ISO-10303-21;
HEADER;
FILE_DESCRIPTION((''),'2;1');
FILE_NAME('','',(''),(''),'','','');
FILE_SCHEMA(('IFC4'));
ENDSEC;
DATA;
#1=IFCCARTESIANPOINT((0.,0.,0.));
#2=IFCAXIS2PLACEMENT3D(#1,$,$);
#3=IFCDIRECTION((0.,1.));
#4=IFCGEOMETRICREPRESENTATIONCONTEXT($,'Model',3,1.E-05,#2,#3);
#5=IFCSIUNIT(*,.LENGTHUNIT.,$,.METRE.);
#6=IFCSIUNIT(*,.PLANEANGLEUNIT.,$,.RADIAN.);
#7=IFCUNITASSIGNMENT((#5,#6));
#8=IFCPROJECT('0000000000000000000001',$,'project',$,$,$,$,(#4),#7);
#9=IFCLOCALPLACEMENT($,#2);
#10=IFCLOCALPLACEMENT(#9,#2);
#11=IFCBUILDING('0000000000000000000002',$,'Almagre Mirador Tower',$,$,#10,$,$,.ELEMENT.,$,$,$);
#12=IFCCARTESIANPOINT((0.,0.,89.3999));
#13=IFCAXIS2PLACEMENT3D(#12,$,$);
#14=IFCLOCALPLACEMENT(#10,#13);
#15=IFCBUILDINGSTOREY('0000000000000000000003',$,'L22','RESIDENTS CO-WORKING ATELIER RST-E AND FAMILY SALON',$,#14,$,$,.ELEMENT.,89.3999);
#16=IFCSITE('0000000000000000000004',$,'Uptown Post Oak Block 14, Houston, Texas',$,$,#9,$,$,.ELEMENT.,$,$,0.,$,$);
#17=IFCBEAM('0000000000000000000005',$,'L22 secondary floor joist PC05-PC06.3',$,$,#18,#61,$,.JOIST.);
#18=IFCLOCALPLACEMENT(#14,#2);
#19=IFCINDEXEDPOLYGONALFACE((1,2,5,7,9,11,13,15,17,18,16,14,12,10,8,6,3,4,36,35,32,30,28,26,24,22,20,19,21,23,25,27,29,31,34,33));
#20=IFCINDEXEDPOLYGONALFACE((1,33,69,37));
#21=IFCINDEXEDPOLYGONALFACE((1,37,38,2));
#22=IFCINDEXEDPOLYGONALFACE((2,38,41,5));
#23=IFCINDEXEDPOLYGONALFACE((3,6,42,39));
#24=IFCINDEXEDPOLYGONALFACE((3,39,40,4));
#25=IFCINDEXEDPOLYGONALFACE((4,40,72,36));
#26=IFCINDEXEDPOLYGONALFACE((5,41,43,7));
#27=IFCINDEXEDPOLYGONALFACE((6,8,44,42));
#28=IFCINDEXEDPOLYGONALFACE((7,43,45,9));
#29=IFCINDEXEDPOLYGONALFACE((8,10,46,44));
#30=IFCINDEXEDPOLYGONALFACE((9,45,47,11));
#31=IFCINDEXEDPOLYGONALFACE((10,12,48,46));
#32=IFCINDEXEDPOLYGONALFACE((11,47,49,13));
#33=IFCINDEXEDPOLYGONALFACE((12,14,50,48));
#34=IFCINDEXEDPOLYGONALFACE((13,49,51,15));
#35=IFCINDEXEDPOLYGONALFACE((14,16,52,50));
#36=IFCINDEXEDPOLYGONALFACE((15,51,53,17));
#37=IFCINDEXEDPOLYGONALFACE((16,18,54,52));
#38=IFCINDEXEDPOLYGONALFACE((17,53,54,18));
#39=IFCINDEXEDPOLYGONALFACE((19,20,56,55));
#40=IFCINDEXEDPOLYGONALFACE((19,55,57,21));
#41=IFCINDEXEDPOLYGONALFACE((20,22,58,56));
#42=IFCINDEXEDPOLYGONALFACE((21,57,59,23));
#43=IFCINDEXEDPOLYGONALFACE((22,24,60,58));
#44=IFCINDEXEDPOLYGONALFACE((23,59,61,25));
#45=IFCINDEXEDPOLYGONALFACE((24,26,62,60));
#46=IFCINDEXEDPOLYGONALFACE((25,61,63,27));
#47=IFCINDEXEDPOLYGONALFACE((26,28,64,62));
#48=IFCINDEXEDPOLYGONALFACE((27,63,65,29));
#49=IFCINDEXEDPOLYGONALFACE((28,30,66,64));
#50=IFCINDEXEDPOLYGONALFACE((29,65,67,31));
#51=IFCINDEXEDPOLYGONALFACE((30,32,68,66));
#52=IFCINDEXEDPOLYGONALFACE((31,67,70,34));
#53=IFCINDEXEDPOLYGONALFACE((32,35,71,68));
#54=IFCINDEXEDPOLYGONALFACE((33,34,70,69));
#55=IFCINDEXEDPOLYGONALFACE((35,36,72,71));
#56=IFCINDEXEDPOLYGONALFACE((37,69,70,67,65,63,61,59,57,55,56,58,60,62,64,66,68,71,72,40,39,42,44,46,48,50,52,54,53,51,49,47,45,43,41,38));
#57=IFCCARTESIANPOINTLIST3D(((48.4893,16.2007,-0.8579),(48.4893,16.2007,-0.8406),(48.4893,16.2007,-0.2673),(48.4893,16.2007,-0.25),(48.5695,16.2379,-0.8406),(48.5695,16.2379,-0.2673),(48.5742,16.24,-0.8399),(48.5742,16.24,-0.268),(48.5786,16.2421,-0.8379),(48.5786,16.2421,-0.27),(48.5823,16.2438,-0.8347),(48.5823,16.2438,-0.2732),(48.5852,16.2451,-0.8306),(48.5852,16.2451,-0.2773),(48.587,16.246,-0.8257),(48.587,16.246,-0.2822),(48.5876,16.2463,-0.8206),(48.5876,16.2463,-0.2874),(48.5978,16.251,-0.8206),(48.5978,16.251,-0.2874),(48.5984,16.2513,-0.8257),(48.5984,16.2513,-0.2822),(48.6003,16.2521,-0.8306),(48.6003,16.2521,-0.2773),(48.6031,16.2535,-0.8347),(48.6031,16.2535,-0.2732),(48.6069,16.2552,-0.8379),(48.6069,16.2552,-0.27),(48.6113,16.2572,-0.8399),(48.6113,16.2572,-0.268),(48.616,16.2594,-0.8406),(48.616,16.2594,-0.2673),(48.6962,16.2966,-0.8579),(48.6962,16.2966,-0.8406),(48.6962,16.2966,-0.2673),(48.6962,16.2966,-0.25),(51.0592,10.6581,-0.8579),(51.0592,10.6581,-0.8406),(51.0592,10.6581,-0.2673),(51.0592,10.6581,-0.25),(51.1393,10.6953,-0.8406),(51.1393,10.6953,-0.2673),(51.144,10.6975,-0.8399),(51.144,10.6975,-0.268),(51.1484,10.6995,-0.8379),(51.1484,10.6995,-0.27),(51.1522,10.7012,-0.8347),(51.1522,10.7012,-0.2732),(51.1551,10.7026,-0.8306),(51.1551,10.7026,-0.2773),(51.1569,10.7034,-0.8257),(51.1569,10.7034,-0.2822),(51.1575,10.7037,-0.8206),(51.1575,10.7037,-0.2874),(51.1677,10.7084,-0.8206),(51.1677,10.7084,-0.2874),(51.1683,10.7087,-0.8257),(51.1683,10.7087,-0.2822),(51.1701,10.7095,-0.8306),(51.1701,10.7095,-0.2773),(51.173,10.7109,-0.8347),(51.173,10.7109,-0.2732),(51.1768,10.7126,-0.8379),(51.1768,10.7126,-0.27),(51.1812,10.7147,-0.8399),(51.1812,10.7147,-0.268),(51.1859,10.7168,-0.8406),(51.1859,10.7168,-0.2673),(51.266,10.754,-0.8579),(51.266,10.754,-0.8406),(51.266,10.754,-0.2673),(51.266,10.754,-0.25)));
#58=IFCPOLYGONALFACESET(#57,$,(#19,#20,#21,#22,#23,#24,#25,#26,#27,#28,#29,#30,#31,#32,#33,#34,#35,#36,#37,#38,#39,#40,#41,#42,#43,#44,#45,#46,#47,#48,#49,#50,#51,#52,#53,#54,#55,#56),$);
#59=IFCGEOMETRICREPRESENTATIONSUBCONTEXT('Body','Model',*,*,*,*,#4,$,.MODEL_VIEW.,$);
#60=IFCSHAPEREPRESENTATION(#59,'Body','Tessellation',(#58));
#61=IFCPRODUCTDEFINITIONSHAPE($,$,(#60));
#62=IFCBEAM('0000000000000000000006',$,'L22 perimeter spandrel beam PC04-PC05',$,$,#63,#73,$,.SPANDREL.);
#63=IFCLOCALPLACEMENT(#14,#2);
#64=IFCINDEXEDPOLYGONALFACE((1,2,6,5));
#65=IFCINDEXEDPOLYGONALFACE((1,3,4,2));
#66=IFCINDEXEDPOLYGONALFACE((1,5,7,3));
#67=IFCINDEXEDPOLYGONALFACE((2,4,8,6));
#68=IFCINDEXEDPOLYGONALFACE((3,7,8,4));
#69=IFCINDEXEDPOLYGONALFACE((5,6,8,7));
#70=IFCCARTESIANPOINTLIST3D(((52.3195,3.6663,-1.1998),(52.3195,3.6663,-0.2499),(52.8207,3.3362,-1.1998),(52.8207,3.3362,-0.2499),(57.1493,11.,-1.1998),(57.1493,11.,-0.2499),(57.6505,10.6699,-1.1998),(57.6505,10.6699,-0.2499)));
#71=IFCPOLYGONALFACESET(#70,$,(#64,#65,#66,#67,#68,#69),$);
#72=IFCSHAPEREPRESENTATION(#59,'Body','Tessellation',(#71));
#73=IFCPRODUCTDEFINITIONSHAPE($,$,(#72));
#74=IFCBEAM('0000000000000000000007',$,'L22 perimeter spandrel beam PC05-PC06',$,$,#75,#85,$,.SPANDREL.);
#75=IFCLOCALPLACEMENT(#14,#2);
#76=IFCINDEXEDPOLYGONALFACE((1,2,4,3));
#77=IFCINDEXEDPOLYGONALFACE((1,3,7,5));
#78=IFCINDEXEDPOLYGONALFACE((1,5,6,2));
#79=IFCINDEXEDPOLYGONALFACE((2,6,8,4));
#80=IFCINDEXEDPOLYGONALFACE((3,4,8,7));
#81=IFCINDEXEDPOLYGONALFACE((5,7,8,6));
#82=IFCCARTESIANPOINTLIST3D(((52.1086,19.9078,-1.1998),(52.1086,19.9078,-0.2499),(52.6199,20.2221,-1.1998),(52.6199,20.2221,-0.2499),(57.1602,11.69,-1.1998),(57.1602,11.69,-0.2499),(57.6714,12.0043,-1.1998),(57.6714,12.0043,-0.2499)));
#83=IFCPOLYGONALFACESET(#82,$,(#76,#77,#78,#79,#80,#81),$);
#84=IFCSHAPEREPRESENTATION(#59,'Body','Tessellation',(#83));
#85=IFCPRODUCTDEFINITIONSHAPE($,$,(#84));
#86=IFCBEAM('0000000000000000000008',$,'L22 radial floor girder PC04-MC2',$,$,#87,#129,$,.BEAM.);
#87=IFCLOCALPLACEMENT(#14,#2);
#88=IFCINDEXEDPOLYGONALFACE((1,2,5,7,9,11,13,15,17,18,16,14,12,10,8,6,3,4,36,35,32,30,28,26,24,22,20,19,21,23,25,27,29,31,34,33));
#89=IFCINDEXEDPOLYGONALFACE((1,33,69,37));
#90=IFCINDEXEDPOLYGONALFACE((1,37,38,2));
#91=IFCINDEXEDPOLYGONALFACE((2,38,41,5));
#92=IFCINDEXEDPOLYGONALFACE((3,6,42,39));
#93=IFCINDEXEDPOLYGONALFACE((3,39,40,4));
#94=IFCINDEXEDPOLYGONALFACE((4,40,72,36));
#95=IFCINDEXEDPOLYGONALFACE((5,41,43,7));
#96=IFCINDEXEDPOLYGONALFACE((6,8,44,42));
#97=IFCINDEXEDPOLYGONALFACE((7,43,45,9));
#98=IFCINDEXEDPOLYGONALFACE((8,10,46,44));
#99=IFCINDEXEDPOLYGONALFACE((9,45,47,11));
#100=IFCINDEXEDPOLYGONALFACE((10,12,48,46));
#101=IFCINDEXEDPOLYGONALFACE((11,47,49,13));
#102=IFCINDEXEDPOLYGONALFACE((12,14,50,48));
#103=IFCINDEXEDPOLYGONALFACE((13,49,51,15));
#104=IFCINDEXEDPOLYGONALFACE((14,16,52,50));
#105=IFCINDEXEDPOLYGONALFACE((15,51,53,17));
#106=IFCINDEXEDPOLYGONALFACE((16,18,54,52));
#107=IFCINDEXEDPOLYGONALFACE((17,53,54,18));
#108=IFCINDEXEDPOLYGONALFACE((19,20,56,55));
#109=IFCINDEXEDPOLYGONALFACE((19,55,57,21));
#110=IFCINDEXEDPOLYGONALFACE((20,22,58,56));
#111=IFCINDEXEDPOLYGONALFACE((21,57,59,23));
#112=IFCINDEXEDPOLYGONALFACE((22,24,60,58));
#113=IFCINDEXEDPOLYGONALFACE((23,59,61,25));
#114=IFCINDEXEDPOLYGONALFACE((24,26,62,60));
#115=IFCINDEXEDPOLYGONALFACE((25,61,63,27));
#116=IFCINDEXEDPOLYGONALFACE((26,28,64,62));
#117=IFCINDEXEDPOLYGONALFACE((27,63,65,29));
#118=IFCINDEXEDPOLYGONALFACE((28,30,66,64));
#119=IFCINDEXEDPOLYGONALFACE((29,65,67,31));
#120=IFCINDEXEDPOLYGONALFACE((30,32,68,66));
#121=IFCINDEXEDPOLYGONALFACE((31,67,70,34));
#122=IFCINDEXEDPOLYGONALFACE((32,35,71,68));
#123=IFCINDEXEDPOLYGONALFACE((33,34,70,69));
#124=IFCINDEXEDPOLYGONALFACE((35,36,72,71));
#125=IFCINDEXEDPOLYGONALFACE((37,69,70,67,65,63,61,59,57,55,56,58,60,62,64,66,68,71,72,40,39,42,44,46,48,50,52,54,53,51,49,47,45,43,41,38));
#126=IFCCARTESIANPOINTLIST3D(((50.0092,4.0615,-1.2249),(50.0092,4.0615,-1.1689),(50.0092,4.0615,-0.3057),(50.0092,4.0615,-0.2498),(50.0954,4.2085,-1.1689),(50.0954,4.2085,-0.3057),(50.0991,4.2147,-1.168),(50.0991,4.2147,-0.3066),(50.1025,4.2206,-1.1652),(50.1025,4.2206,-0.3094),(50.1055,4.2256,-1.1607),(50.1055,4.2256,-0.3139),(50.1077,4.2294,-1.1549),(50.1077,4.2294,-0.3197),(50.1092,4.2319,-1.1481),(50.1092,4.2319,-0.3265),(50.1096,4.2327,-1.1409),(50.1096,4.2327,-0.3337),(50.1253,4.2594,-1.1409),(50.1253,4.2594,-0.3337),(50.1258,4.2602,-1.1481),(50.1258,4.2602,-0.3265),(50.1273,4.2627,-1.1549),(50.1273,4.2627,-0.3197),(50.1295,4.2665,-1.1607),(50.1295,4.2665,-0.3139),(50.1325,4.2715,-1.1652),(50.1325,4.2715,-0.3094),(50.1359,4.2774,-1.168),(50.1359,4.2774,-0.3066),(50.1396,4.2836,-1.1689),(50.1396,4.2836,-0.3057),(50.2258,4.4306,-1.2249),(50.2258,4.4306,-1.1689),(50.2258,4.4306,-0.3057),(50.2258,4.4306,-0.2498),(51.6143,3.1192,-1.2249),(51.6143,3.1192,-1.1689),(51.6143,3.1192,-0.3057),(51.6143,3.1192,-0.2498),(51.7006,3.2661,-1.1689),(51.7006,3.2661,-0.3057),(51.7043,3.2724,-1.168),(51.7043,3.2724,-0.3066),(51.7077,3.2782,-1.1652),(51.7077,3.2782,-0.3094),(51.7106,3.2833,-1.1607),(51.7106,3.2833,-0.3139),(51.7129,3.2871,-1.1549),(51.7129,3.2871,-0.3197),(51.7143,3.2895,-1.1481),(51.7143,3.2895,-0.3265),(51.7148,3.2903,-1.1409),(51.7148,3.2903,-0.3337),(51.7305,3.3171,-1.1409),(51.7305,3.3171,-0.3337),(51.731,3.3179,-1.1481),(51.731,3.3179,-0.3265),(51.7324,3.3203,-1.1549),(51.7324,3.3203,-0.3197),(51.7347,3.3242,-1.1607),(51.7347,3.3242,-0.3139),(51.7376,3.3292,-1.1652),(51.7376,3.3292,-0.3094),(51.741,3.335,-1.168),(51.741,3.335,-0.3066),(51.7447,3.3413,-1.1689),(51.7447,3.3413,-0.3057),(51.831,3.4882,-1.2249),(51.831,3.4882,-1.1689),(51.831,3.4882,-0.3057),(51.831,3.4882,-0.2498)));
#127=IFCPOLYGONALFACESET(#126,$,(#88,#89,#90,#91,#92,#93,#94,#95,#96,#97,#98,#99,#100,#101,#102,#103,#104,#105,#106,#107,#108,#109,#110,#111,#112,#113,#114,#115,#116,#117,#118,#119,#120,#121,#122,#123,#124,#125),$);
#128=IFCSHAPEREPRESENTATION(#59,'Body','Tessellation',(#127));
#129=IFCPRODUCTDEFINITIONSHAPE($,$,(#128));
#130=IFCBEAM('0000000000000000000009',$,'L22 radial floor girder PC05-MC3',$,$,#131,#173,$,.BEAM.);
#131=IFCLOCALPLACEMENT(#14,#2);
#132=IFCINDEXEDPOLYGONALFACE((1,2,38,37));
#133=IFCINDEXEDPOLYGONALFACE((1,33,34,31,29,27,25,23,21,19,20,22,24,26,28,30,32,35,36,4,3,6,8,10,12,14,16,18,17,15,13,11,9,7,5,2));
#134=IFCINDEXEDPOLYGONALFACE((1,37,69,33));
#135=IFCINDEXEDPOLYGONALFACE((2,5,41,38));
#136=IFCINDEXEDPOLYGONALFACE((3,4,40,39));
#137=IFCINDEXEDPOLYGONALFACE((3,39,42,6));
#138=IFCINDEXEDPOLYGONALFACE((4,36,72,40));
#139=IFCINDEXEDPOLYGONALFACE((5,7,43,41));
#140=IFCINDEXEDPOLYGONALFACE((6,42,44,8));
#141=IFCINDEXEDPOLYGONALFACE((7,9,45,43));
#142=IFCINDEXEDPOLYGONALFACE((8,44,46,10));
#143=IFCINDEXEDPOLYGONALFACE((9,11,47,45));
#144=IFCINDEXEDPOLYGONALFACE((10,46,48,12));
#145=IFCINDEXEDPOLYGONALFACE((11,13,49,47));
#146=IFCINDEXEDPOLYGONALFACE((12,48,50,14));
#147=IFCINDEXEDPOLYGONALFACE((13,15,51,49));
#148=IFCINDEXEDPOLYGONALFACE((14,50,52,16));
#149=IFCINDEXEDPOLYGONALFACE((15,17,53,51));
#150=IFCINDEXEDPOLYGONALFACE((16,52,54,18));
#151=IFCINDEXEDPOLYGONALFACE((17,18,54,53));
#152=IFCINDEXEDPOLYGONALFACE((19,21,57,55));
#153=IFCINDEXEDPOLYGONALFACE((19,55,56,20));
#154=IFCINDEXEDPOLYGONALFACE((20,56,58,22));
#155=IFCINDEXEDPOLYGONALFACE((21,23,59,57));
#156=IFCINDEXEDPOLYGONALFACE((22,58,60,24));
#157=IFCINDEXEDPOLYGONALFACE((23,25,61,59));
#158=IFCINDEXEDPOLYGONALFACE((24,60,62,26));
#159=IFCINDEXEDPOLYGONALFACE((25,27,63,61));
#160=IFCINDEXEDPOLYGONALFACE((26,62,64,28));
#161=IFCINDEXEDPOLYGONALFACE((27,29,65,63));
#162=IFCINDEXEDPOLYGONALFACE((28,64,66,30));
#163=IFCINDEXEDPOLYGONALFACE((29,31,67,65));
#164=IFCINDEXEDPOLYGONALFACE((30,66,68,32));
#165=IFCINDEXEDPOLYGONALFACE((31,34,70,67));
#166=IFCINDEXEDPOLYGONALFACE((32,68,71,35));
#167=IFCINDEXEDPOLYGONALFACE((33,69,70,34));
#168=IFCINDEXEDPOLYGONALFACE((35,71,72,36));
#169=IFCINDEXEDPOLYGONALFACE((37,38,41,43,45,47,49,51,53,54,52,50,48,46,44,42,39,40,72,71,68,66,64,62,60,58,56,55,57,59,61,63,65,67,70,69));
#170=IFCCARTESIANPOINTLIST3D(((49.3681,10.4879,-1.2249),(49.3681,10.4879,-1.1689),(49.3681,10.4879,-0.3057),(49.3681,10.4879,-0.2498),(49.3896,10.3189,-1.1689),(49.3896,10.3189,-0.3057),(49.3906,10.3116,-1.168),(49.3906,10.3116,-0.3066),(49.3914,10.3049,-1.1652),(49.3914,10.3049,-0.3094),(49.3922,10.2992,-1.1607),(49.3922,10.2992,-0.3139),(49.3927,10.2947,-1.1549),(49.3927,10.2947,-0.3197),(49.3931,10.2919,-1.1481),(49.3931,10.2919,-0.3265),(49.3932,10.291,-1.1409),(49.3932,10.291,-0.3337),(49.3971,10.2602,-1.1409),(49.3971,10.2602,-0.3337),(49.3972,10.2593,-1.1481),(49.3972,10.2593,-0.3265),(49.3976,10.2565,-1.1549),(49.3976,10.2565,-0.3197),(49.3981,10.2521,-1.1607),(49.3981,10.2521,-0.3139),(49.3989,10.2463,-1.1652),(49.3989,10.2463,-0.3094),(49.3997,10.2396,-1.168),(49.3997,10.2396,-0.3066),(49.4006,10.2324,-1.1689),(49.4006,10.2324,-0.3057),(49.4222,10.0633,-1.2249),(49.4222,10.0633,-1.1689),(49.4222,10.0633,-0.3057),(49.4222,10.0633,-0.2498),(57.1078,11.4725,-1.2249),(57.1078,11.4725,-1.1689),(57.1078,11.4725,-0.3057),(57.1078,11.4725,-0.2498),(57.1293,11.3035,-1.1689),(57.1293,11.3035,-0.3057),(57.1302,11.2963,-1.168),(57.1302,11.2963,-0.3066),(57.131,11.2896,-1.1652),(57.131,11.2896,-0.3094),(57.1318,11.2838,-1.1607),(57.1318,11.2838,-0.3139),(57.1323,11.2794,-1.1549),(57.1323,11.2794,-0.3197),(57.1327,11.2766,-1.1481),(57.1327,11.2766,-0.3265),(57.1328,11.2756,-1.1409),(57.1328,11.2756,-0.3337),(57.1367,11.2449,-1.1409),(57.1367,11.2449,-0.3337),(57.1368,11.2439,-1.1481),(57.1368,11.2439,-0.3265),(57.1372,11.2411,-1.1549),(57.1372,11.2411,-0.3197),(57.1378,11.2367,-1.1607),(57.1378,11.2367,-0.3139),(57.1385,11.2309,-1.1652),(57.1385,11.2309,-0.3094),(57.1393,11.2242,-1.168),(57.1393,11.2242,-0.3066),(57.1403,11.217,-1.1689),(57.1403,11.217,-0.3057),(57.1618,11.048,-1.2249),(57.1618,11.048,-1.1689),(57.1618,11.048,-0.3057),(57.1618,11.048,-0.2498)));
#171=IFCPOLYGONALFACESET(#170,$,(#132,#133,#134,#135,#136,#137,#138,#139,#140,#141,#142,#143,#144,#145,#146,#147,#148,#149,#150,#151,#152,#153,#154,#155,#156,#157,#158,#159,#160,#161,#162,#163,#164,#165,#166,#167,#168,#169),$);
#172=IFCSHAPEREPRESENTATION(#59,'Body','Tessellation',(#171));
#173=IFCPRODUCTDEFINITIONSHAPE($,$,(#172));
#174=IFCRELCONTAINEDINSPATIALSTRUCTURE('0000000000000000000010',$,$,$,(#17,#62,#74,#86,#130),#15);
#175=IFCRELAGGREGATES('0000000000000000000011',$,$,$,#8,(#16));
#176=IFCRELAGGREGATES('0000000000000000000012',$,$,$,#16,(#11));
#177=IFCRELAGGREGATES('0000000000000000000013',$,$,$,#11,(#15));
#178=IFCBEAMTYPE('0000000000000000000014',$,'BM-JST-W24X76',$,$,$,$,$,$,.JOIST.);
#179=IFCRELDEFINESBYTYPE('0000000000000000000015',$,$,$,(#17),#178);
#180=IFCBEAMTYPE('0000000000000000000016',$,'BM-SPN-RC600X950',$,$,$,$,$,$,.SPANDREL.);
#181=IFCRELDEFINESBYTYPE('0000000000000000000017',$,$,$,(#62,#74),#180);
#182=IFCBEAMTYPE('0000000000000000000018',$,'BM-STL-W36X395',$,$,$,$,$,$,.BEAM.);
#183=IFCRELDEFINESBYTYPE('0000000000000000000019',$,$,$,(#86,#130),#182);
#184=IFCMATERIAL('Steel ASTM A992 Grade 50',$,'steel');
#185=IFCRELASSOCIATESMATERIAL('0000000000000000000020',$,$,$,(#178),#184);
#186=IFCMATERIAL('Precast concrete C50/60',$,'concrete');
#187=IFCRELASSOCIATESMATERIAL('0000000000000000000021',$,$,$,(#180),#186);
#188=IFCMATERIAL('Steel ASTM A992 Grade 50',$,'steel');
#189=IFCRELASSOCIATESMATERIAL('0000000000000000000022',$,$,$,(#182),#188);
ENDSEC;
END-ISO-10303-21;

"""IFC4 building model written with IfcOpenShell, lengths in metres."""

from ifc_helpers import new_model, si_unit, direction, frame, origin, origin_2d, place, context, subcontext, project, spatial, rectangle, i_section, extrude, material, material_profile, profile_set, type_object, element, save


model = new_model("IFC4")

# Units and contexts
model_context = context("Model", 3, precision=1e-05, world=origin(), true_north=direction((0.0, 1.0)))
body_context = subcontext(model_context, "Body", "Model", "MODEL_VIEW")
ifc_project = project(units=[si_unit("LENGTHUNIT", "METRE"), si_unit("PLANEANGLEUNIT", "RADIAN")], contexts=[model_context])

# Site, building, storey
site_placement = place(None, origin())
site = spatial("IfcSite", under=ifc_project, at=site_placement, Name="Uptown Post Oak Block 14, Houston, Texas", CompositionType="ELEMENT", RefElevation=0.0)
building_placement = place(site_placement, origin())
building = spatial("IfcBuilding", under=site, at=building_placement, Name="Almagre Mirador Tower", CompositionType="ELEMENT")
storey_placement = place(building_placement, frame((0.0, 0.0, 89.3999)))
storey = spatial("IfcBuildingStorey", under=building, at=storey_placement, Name="L22", Description="RESIDENTS CO-WORKING ATELIER RST-E AND FAMILY SALON", CompositionType="ELEMENT", Elevation=89.3999)

# Beams
ifc_material_1 = material(Name="Steel ASTM A992 Grade 50", Category="steel")
ifc_material_profile_1 = material_profile(ifc_material_1, i_section(OverallWidth=0.228, OverallDepth=0.6079, WebThickness=0.0112, FlangeThickness=0.0173, FilletRadius=0.02, at=origin_2d()), Name="W24X76")
ifc_profile_set_1 = profile_set([ifc_material_profile_1], Name="Steel ASTM A992 Grade 50")
beam_type_1 = type_object("IfcBeamType", Name="BM-JST-W24X76", PredefinedType="JOIST", material=ifc_profile_set_1)
beam_1_placement = place(storey_placement, frame((51.1626, 10.7061, -0.554), z_axis=(-0.420644, 0.907226, 0.0), x_axis=(-0.907226, -0.420644, 0.0)))
element("IfcBeam", 1, at=beam_1_placement, inside=storey, type_object=beam_type_1, Name="L22 secondary floor joist PC05-PC06.3", PredefinedType="JOIST", context=body_context, shape_type="SweptSolid", body=[
    extrude(i_section(OverallWidth=0.228, OverallDepth=0.6079, WebThickness=0.0112, FlangeThickness=0.0173, FilletRadius=0.02, at=origin_2d()), origin(), (0.0, 0.0, 1.0), 6.1094),
])
ifc_material_2 = material(Name="Precast concrete C50/60", Category="concrete")
ifc_material_profile_2 = material_profile(ifc_material_2, rectangle(XDim=0.6001, YDim=0.95, at=origin_2d()), Name="RC600X950")
ifc_profile_set_2 = profile_set([ifc_material_profile_2], Name="Precast concrete C50/60")
beam_type_2 = type_object("IfcBeamType", Name="BM-SPN-RC600X950", PredefinedType="SPANDREL", material=ifc_profile_set_2)
beam_2_placement = place(storey_placement, frame((52.5701, 3.5012, -0.7249), z_axis=(0.550014, 0.835155, 0.0), x_axis=(-0.835155, 0.550014, 0.0)))
element("IfcBeam", 2, at=beam_2_placement, inside=storey, type_object=beam_type_2, Name="L22 perimeter spandrel beam PC04-PC05", PredefinedType="SPANDREL", context=body_context, shape_type="SweptSolid", body=[
    extrude(rectangle(XDim=0.6001, YDim=0.95, at=origin_2d()), origin(), (0.0, 0.0, 1.0), 8.7812),
])
beam_3_placement = place(storey_placement, frame((57.4158, 11.8472, -0.7249), z_axis=(-0.523678, 0.851916, 0.0), x_axis=(-0.851916, -0.523678, 0.0)))
element("IfcBeam", 3, at=beam_3_placement, inside=storey, type_object=beam_type_2, Name="L22 perimeter spandrel beam PC05-PC06", PredefinedType="SPANDREL", context=body_context, shape_type="SweptSolid", body=[
    extrude(rectangle(XDim=0.6001, YDim=0.95, at=origin_2d()), origin(), (0.0, 0.0, 1.0), 9.6462),
])
ifc_material_3 = material(Name="Steel ASTM A992 Grade 50", Category="steel")
ifc_material_profile_3 = material_profile(ifc_material_3, i_section(OverallWidth=0.428, OverallDepth=0.9751, WebThickness=0.031, FlangeThickness=0.0559, FilletRadius=0.0281, at=origin_2d()), Name="W36X395")
ifc_profile_set_3 = profile_set([ifc_material_profile_3], Name="Steel ASTM A992 Grade 50")
beam_type_3 = type_object("IfcBeamType", Name="BM-STL-W36X395", PredefinedType="BEAM", material=ifc_profile_set_3)
beam_4_placement = place(storey_placement, frame((51.7227, 3.3037, -0.7373), z_axis=(-0.862372, 0.506275, 0.0), x_axis=(-0.506275, -0.862372, 0.0)))
element("IfcBeam", 4, at=beam_4_placement, inside=storey, type_object=beam_type_3, Name="L22 radial floor girder PC04-MC2", PredefinedType="BEAM", context=body_context, shape_type="SweptSolid", body=[
    extrude(i_section(OverallWidth=0.428, OverallDepth=0.9751, WebThickness=0.031, FlangeThickness=0.0559, FilletRadius=0.0281, at=origin_2d()), origin(), (0.0, 0.0, 1.0), 1.8613),
])
beam_5_placement = place(storey_placement, frame((57.1348, 11.2603, -0.7373), z_axis=(-0.992004, -0.126203, 0.0), x_axis=(0.126203, -0.992004, 0.0)))
element("IfcBeam", 5, at=beam_5_placement, inside=storey, type_object=beam_type_3, Name="L22 radial floor girder PC05-MC3", PredefinedType="BEAM", context=body_context, shape_type="SweptSolid", body=[
    extrude(i_section(OverallWidth=0.428, OverallDepth=0.9751, WebThickness=0.031, FlangeThickness=0.0559, FilletRadius=0.0281, at=origin_2d()), origin(), (0.0, 0.0, 1.0), 7.802),
])

save(model, "model.ifc")
